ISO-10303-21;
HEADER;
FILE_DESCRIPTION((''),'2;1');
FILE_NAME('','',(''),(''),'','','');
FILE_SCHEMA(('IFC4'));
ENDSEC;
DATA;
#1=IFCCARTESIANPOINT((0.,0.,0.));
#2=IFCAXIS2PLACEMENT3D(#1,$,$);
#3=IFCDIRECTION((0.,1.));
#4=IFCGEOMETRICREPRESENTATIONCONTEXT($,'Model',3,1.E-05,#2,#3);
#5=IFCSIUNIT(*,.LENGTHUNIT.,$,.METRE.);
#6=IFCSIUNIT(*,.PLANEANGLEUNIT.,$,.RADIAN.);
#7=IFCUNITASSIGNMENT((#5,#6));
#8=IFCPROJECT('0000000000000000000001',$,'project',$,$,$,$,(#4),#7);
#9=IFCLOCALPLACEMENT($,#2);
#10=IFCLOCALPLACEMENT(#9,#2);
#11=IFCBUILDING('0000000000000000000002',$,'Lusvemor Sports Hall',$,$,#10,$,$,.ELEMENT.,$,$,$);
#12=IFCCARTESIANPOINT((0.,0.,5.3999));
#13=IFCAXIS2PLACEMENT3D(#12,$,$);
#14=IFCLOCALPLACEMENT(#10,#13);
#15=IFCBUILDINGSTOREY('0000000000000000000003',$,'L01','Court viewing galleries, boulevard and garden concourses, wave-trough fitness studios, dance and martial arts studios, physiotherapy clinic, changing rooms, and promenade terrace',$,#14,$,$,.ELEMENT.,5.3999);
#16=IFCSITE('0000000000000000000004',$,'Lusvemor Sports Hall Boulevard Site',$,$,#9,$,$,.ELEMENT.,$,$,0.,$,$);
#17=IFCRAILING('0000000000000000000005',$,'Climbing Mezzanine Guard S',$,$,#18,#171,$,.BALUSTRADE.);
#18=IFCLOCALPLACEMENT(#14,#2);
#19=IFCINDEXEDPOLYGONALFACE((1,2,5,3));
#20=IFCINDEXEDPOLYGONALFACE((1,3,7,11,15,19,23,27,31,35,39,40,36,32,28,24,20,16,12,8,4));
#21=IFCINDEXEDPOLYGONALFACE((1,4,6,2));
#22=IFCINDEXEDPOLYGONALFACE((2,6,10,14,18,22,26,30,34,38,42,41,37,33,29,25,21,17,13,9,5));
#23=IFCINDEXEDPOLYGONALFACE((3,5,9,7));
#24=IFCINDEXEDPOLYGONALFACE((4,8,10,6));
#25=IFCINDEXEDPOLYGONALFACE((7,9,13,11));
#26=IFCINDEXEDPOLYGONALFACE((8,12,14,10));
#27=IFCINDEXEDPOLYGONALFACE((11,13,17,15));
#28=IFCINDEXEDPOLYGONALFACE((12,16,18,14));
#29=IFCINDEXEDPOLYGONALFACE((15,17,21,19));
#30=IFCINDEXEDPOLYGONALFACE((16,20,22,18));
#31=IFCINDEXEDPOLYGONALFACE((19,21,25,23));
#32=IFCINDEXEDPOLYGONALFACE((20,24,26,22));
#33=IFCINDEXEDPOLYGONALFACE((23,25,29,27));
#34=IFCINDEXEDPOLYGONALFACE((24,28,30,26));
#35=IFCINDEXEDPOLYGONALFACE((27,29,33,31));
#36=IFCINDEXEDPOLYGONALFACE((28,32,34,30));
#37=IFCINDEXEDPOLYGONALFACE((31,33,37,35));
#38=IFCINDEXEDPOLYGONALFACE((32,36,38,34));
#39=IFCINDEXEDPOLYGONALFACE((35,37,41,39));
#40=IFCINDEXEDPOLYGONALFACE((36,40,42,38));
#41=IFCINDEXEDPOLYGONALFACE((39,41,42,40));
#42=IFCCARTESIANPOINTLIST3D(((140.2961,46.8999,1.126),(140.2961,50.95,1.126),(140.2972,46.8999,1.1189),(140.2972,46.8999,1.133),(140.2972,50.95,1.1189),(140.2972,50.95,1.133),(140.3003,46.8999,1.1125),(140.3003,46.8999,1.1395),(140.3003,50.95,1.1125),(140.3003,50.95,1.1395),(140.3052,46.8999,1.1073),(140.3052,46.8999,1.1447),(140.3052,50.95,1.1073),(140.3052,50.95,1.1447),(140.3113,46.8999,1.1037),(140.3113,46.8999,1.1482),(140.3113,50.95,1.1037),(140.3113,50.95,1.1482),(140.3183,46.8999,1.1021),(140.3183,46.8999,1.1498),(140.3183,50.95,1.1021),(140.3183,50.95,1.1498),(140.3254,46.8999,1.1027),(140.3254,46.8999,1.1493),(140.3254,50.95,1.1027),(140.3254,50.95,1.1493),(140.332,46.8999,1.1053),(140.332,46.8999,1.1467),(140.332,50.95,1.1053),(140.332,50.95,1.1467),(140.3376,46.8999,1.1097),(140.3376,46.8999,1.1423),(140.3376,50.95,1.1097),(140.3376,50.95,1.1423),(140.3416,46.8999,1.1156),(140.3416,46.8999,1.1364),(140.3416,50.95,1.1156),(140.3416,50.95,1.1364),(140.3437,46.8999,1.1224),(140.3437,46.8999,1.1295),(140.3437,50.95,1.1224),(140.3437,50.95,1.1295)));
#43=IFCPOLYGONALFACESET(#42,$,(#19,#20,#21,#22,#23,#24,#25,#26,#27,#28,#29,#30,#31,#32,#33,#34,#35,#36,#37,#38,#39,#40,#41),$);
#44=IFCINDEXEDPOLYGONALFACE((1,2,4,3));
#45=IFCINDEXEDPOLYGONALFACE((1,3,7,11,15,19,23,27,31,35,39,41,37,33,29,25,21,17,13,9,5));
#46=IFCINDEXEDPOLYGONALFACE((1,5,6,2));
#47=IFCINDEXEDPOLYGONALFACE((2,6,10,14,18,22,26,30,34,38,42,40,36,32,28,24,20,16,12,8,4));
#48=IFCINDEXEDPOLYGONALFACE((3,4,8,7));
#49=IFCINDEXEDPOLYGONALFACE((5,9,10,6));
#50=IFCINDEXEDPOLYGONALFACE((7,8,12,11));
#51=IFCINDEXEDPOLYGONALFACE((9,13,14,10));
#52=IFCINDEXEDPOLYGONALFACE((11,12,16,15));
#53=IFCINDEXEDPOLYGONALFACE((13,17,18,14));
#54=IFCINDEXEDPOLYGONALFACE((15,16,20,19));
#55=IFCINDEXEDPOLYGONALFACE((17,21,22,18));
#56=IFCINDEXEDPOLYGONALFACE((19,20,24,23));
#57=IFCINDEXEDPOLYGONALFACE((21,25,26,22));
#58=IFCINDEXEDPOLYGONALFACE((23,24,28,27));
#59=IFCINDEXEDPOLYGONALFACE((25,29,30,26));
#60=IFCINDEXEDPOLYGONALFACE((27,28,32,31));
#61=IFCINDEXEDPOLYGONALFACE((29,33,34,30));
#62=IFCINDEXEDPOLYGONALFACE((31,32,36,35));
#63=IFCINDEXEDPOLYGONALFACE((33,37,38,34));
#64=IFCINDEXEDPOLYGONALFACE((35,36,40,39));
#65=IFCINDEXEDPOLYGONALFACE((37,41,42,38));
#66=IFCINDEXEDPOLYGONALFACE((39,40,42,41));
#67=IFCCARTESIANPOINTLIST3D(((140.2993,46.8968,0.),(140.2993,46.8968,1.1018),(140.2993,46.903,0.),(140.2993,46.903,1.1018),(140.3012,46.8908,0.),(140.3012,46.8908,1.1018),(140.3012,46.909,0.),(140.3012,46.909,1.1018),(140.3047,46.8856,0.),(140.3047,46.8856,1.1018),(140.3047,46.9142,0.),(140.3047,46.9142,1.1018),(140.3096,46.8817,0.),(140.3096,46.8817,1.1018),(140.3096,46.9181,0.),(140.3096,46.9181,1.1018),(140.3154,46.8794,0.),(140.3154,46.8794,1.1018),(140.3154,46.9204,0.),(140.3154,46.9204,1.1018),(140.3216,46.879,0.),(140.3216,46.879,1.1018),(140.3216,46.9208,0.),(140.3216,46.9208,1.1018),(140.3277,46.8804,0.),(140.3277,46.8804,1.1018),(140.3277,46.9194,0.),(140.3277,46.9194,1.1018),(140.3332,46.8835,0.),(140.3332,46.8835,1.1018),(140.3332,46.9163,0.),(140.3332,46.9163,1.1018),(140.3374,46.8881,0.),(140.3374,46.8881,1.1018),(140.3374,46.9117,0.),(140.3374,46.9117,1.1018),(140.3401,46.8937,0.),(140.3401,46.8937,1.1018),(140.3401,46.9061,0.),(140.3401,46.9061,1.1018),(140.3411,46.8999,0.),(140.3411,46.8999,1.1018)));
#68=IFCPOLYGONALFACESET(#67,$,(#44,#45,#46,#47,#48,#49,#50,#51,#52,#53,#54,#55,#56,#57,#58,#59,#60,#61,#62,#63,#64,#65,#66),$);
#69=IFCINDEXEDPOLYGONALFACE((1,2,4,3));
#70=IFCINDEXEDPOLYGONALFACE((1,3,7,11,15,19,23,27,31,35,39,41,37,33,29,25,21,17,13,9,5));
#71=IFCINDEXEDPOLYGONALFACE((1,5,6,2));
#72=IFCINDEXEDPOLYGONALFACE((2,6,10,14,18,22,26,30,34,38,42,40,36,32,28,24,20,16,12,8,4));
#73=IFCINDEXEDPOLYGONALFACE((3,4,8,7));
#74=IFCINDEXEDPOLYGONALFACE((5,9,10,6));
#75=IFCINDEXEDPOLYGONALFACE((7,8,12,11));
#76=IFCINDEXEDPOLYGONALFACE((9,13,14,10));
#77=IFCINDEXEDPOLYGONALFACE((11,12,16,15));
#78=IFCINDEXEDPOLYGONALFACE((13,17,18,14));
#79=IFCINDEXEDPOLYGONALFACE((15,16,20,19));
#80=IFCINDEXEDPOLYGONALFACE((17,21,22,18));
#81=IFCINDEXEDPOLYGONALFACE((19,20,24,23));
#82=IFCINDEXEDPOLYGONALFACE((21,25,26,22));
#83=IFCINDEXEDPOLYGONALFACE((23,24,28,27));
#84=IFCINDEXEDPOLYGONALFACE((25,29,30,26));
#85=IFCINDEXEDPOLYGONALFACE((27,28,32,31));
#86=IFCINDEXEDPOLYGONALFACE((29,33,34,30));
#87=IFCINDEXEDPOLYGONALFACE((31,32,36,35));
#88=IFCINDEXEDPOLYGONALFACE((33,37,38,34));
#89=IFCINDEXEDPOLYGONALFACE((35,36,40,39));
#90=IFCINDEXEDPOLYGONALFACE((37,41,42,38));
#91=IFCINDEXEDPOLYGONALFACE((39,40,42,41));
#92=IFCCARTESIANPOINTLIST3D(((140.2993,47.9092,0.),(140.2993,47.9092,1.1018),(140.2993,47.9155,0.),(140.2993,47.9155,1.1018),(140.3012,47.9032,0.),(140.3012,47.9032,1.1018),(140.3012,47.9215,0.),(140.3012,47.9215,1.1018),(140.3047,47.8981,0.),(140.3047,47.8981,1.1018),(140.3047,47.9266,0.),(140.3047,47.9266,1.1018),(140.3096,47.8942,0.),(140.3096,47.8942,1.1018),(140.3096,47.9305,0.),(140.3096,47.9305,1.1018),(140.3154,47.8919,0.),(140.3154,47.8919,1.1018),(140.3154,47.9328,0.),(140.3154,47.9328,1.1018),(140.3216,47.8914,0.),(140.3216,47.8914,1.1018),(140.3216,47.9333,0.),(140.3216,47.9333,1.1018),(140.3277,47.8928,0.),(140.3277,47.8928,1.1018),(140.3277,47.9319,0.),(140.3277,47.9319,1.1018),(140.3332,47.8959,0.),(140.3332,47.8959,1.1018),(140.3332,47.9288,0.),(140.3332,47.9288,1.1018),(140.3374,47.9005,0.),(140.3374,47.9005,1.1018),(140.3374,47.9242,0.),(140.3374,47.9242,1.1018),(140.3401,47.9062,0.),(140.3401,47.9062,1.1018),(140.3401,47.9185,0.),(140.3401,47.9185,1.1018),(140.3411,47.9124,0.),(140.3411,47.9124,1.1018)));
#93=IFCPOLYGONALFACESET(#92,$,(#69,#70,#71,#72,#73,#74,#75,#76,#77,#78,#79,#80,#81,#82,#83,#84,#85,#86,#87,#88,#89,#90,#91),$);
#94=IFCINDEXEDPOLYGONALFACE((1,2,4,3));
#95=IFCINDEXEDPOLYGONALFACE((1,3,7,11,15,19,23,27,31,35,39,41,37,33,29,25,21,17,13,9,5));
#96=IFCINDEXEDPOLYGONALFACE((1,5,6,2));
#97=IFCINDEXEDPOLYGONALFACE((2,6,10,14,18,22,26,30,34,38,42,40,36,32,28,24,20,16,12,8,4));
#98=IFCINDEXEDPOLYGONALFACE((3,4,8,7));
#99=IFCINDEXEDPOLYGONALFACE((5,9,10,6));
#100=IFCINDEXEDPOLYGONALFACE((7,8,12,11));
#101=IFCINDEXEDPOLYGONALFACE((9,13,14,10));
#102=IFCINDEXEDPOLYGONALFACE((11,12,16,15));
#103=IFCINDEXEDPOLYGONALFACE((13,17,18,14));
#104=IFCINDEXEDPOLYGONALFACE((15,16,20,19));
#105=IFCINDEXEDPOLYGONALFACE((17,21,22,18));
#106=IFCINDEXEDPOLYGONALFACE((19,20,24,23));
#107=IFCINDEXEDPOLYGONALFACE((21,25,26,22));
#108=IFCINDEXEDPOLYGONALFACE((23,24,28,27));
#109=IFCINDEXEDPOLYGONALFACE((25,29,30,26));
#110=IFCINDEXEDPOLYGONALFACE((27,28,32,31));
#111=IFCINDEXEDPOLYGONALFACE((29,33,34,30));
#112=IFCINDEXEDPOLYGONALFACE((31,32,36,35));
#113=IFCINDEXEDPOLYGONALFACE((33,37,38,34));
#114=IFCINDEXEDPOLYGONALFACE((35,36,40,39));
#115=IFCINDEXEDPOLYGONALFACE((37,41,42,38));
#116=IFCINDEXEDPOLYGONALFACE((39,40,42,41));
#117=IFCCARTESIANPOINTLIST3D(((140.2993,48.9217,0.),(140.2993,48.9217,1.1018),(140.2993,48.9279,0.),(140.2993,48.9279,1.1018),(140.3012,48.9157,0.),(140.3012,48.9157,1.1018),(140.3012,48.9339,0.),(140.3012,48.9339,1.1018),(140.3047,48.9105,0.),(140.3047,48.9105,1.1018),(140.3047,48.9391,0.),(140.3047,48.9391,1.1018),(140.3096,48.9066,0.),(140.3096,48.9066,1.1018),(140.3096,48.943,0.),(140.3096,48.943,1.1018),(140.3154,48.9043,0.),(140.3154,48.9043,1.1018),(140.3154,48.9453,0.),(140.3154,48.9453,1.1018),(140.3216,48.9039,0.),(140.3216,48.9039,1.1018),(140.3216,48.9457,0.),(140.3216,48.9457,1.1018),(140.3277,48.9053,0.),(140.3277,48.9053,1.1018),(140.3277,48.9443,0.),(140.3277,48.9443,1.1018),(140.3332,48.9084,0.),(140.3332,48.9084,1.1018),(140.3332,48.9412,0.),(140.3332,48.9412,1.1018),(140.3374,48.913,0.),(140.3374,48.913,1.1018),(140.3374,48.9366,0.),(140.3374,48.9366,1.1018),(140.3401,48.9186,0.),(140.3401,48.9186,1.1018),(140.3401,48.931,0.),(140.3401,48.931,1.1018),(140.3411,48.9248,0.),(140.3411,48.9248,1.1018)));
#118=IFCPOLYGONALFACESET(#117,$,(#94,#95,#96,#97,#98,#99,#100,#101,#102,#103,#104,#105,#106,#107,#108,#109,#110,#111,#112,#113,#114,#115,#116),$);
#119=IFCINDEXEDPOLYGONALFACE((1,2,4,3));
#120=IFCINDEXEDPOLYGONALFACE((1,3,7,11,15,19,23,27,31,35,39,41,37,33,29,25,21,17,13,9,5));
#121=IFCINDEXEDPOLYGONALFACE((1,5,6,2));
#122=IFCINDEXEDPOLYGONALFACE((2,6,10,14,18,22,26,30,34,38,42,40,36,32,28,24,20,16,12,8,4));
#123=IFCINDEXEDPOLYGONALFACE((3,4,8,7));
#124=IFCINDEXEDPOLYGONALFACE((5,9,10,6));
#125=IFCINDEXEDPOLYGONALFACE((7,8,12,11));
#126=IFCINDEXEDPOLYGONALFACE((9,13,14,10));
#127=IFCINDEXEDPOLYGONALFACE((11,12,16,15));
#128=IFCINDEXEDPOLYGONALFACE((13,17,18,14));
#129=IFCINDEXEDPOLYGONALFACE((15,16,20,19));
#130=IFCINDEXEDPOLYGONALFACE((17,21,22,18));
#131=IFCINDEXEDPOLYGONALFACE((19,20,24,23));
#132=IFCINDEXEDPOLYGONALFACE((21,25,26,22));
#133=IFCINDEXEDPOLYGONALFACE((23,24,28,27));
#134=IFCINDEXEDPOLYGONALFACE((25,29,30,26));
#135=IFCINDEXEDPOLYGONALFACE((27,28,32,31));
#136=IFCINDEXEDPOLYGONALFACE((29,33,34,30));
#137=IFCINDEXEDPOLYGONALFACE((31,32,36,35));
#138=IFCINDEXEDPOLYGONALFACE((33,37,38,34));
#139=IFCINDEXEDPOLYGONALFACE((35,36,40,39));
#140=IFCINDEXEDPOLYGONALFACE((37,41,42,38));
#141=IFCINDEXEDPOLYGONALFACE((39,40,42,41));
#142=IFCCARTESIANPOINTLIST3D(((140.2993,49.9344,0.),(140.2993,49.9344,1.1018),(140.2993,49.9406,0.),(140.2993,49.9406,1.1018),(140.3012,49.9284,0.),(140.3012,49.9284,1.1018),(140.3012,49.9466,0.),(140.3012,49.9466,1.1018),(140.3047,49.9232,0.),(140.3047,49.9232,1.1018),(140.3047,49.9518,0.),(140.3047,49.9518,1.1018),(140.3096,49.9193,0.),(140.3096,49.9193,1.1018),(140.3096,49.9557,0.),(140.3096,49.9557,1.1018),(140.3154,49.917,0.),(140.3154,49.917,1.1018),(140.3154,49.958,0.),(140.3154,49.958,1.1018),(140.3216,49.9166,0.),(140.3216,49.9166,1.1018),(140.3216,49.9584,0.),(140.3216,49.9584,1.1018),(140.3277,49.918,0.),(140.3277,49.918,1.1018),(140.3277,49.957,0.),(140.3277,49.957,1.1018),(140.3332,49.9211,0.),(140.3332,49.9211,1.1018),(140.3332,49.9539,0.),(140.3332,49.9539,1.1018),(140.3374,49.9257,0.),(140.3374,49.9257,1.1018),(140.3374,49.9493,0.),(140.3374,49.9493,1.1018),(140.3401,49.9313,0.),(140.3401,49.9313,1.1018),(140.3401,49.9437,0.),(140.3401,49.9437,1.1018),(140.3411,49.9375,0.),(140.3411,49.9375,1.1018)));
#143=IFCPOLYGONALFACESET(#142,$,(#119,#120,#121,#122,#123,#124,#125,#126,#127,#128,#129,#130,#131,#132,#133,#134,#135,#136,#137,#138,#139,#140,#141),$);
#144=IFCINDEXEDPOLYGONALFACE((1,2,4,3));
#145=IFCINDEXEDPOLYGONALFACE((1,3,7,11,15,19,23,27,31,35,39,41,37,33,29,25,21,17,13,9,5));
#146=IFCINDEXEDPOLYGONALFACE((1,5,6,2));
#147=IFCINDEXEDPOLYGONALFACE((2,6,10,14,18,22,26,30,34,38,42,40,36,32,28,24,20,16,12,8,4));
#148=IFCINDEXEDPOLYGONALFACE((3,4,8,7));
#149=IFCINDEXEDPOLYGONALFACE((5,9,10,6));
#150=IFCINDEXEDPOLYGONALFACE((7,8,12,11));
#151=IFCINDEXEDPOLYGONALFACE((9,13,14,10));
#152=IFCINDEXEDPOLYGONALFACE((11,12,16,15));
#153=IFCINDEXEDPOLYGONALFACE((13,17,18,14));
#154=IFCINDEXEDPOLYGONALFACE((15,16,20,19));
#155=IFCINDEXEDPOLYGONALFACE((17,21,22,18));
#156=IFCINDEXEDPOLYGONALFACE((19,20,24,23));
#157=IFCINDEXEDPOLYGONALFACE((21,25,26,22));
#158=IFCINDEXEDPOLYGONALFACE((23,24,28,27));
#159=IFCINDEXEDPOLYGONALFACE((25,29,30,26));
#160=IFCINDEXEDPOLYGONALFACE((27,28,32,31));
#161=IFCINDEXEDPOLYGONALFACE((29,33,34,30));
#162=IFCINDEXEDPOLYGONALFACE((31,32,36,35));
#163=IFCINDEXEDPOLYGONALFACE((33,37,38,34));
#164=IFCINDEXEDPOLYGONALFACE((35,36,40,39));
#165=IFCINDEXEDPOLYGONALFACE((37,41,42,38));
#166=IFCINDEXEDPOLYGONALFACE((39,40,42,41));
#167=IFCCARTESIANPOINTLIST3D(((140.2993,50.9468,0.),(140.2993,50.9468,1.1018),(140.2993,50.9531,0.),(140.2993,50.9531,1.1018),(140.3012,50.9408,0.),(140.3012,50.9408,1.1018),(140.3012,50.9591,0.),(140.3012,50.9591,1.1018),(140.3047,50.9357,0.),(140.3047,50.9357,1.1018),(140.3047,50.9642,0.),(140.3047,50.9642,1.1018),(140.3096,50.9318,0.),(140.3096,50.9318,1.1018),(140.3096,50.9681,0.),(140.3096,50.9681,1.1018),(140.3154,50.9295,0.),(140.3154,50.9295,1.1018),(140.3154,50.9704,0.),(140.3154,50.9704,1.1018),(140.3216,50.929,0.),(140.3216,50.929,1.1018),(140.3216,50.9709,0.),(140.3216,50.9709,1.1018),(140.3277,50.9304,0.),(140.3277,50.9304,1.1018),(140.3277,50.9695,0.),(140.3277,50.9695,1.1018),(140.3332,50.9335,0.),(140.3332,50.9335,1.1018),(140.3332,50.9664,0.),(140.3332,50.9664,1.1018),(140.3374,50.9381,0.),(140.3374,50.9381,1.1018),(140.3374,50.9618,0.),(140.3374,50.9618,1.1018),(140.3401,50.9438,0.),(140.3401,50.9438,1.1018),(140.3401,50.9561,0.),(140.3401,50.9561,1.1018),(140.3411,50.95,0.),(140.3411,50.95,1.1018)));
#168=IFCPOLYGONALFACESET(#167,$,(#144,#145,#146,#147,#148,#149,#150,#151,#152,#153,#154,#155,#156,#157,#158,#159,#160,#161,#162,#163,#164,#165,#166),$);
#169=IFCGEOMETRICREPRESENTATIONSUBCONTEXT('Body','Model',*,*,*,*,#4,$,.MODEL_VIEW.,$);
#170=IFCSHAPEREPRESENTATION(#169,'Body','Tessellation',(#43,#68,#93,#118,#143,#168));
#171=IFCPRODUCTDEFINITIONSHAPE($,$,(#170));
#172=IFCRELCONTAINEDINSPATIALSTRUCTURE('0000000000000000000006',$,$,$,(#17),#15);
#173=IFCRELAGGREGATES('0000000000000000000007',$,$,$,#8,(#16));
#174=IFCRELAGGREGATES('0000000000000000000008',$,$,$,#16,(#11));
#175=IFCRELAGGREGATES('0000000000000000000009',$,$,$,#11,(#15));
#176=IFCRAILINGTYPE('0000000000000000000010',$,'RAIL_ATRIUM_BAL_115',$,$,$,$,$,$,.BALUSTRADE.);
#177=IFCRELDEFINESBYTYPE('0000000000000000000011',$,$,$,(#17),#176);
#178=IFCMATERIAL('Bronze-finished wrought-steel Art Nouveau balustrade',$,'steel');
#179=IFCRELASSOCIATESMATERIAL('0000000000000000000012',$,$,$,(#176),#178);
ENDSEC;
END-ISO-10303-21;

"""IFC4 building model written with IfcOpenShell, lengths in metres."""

from ifc_helpers import new_model, si_unit, direction, frame, origin, origin_2d, place, context, subcontext, project, spatial, circle, extrude, material, type_object, element, save


model = new_model("IFC4")

# Units and contexts
model_context = context("Model", 3, precision=1e-05, world=origin(), true_north=direction((0.0, 1.0)))
body_context = subcontext(model_context, "Body", "Model", "MODEL_VIEW")
ifc_project = project(units=[si_unit("LENGTHUNIT", "METRE"), si_unit("PLANEANGLEUNIT", "RADIAN")], contexts=[model_context])

# Site, building, storey
site_placement = place(None, origin())
site = spatial("IfcSite", under=ifc_project, at=site_placement, Name="Lusvemor Sports Hall Boulevard Site", CompositionType="ELEMENT", RefElevation=0.0)
building_placement = place(site_placement, origin())
building = spatial("IfcBuilding", under=site, at=building_placement, Name="Lusvemor Sports Hall", CompositionType="ELEMENT")
storey_placement = place(building_placement, frame((0.0, 0.0, 5.3999)))
storey = spatial("IfcBuildingStorey", under=building, at=storey_placement, Name="L01", Description="Court viewing galleries, boulevard and garden concourses, wave-trough fitness studios, dance and martial arts studios, physiotherapy clinic, changing rooms, and promenade terrace", CompositionType="ELEMENT", Elevation=5.3999)

# Railing
ifc_material_1 = material(Name="Bronze-finished wrought-steel Art Nouveau balustrade", Category="steel")
railing_type = type_object("IfcRailingType", Name="RAIL_ATRIUM_BAL_115", PredefinedType="BALUSTRADE", material=ifc_material_1)
railing_placement = place(storey_placement, frame((140.3201, 46.8999, 0.0)))
element("IfcRailing", 1, at=railing_placement, inside=storey, type_object=railing_type, Name="Climbing Mezzanine Guard S", PredefinedType="BALUSTRADE", context=body_context, shape_type="SweptSolid", body=[
    extrude(circle(Radius=0.0239, at=origin_2d()), frame((0.0, 0.0, 1.126), z_axis=(0.0, 1.0, 0.0), x_axis=(-1.0, 0.0, 0.0)), (0.0, 0.0, 1.0), 4.05),
    extrude(circle(Radius=0.021, at=origin_2d()), origin(), (0.0, 0.0, 1.0), 1.1018),
    extrude(circle(Radius=0.021, at=origin_2d()), frame((0.0, 1.0125, 0.0)), (0.0, 0.0, 1.0), 1.1018),
    extrude(circle(Radius=0.021, at=origin_2d()), frame((0.0, 2.0249, 0.0)), (0.0, 0.0, 1.0), 1.1018),
    extrude(circle(Radius=0.021, at=origin_2d()), frame((0.0, 3.0376, 0.0)), (0.0, 0.0, 1.0), 1.1018),
    extrude(circle(Radius=0.021, at=origin_2d()), frame((0.0, 4.05, 0.0)), (0.0, 0.0, 1.0), 1.1018),
])

save(model, "model.ifc")
